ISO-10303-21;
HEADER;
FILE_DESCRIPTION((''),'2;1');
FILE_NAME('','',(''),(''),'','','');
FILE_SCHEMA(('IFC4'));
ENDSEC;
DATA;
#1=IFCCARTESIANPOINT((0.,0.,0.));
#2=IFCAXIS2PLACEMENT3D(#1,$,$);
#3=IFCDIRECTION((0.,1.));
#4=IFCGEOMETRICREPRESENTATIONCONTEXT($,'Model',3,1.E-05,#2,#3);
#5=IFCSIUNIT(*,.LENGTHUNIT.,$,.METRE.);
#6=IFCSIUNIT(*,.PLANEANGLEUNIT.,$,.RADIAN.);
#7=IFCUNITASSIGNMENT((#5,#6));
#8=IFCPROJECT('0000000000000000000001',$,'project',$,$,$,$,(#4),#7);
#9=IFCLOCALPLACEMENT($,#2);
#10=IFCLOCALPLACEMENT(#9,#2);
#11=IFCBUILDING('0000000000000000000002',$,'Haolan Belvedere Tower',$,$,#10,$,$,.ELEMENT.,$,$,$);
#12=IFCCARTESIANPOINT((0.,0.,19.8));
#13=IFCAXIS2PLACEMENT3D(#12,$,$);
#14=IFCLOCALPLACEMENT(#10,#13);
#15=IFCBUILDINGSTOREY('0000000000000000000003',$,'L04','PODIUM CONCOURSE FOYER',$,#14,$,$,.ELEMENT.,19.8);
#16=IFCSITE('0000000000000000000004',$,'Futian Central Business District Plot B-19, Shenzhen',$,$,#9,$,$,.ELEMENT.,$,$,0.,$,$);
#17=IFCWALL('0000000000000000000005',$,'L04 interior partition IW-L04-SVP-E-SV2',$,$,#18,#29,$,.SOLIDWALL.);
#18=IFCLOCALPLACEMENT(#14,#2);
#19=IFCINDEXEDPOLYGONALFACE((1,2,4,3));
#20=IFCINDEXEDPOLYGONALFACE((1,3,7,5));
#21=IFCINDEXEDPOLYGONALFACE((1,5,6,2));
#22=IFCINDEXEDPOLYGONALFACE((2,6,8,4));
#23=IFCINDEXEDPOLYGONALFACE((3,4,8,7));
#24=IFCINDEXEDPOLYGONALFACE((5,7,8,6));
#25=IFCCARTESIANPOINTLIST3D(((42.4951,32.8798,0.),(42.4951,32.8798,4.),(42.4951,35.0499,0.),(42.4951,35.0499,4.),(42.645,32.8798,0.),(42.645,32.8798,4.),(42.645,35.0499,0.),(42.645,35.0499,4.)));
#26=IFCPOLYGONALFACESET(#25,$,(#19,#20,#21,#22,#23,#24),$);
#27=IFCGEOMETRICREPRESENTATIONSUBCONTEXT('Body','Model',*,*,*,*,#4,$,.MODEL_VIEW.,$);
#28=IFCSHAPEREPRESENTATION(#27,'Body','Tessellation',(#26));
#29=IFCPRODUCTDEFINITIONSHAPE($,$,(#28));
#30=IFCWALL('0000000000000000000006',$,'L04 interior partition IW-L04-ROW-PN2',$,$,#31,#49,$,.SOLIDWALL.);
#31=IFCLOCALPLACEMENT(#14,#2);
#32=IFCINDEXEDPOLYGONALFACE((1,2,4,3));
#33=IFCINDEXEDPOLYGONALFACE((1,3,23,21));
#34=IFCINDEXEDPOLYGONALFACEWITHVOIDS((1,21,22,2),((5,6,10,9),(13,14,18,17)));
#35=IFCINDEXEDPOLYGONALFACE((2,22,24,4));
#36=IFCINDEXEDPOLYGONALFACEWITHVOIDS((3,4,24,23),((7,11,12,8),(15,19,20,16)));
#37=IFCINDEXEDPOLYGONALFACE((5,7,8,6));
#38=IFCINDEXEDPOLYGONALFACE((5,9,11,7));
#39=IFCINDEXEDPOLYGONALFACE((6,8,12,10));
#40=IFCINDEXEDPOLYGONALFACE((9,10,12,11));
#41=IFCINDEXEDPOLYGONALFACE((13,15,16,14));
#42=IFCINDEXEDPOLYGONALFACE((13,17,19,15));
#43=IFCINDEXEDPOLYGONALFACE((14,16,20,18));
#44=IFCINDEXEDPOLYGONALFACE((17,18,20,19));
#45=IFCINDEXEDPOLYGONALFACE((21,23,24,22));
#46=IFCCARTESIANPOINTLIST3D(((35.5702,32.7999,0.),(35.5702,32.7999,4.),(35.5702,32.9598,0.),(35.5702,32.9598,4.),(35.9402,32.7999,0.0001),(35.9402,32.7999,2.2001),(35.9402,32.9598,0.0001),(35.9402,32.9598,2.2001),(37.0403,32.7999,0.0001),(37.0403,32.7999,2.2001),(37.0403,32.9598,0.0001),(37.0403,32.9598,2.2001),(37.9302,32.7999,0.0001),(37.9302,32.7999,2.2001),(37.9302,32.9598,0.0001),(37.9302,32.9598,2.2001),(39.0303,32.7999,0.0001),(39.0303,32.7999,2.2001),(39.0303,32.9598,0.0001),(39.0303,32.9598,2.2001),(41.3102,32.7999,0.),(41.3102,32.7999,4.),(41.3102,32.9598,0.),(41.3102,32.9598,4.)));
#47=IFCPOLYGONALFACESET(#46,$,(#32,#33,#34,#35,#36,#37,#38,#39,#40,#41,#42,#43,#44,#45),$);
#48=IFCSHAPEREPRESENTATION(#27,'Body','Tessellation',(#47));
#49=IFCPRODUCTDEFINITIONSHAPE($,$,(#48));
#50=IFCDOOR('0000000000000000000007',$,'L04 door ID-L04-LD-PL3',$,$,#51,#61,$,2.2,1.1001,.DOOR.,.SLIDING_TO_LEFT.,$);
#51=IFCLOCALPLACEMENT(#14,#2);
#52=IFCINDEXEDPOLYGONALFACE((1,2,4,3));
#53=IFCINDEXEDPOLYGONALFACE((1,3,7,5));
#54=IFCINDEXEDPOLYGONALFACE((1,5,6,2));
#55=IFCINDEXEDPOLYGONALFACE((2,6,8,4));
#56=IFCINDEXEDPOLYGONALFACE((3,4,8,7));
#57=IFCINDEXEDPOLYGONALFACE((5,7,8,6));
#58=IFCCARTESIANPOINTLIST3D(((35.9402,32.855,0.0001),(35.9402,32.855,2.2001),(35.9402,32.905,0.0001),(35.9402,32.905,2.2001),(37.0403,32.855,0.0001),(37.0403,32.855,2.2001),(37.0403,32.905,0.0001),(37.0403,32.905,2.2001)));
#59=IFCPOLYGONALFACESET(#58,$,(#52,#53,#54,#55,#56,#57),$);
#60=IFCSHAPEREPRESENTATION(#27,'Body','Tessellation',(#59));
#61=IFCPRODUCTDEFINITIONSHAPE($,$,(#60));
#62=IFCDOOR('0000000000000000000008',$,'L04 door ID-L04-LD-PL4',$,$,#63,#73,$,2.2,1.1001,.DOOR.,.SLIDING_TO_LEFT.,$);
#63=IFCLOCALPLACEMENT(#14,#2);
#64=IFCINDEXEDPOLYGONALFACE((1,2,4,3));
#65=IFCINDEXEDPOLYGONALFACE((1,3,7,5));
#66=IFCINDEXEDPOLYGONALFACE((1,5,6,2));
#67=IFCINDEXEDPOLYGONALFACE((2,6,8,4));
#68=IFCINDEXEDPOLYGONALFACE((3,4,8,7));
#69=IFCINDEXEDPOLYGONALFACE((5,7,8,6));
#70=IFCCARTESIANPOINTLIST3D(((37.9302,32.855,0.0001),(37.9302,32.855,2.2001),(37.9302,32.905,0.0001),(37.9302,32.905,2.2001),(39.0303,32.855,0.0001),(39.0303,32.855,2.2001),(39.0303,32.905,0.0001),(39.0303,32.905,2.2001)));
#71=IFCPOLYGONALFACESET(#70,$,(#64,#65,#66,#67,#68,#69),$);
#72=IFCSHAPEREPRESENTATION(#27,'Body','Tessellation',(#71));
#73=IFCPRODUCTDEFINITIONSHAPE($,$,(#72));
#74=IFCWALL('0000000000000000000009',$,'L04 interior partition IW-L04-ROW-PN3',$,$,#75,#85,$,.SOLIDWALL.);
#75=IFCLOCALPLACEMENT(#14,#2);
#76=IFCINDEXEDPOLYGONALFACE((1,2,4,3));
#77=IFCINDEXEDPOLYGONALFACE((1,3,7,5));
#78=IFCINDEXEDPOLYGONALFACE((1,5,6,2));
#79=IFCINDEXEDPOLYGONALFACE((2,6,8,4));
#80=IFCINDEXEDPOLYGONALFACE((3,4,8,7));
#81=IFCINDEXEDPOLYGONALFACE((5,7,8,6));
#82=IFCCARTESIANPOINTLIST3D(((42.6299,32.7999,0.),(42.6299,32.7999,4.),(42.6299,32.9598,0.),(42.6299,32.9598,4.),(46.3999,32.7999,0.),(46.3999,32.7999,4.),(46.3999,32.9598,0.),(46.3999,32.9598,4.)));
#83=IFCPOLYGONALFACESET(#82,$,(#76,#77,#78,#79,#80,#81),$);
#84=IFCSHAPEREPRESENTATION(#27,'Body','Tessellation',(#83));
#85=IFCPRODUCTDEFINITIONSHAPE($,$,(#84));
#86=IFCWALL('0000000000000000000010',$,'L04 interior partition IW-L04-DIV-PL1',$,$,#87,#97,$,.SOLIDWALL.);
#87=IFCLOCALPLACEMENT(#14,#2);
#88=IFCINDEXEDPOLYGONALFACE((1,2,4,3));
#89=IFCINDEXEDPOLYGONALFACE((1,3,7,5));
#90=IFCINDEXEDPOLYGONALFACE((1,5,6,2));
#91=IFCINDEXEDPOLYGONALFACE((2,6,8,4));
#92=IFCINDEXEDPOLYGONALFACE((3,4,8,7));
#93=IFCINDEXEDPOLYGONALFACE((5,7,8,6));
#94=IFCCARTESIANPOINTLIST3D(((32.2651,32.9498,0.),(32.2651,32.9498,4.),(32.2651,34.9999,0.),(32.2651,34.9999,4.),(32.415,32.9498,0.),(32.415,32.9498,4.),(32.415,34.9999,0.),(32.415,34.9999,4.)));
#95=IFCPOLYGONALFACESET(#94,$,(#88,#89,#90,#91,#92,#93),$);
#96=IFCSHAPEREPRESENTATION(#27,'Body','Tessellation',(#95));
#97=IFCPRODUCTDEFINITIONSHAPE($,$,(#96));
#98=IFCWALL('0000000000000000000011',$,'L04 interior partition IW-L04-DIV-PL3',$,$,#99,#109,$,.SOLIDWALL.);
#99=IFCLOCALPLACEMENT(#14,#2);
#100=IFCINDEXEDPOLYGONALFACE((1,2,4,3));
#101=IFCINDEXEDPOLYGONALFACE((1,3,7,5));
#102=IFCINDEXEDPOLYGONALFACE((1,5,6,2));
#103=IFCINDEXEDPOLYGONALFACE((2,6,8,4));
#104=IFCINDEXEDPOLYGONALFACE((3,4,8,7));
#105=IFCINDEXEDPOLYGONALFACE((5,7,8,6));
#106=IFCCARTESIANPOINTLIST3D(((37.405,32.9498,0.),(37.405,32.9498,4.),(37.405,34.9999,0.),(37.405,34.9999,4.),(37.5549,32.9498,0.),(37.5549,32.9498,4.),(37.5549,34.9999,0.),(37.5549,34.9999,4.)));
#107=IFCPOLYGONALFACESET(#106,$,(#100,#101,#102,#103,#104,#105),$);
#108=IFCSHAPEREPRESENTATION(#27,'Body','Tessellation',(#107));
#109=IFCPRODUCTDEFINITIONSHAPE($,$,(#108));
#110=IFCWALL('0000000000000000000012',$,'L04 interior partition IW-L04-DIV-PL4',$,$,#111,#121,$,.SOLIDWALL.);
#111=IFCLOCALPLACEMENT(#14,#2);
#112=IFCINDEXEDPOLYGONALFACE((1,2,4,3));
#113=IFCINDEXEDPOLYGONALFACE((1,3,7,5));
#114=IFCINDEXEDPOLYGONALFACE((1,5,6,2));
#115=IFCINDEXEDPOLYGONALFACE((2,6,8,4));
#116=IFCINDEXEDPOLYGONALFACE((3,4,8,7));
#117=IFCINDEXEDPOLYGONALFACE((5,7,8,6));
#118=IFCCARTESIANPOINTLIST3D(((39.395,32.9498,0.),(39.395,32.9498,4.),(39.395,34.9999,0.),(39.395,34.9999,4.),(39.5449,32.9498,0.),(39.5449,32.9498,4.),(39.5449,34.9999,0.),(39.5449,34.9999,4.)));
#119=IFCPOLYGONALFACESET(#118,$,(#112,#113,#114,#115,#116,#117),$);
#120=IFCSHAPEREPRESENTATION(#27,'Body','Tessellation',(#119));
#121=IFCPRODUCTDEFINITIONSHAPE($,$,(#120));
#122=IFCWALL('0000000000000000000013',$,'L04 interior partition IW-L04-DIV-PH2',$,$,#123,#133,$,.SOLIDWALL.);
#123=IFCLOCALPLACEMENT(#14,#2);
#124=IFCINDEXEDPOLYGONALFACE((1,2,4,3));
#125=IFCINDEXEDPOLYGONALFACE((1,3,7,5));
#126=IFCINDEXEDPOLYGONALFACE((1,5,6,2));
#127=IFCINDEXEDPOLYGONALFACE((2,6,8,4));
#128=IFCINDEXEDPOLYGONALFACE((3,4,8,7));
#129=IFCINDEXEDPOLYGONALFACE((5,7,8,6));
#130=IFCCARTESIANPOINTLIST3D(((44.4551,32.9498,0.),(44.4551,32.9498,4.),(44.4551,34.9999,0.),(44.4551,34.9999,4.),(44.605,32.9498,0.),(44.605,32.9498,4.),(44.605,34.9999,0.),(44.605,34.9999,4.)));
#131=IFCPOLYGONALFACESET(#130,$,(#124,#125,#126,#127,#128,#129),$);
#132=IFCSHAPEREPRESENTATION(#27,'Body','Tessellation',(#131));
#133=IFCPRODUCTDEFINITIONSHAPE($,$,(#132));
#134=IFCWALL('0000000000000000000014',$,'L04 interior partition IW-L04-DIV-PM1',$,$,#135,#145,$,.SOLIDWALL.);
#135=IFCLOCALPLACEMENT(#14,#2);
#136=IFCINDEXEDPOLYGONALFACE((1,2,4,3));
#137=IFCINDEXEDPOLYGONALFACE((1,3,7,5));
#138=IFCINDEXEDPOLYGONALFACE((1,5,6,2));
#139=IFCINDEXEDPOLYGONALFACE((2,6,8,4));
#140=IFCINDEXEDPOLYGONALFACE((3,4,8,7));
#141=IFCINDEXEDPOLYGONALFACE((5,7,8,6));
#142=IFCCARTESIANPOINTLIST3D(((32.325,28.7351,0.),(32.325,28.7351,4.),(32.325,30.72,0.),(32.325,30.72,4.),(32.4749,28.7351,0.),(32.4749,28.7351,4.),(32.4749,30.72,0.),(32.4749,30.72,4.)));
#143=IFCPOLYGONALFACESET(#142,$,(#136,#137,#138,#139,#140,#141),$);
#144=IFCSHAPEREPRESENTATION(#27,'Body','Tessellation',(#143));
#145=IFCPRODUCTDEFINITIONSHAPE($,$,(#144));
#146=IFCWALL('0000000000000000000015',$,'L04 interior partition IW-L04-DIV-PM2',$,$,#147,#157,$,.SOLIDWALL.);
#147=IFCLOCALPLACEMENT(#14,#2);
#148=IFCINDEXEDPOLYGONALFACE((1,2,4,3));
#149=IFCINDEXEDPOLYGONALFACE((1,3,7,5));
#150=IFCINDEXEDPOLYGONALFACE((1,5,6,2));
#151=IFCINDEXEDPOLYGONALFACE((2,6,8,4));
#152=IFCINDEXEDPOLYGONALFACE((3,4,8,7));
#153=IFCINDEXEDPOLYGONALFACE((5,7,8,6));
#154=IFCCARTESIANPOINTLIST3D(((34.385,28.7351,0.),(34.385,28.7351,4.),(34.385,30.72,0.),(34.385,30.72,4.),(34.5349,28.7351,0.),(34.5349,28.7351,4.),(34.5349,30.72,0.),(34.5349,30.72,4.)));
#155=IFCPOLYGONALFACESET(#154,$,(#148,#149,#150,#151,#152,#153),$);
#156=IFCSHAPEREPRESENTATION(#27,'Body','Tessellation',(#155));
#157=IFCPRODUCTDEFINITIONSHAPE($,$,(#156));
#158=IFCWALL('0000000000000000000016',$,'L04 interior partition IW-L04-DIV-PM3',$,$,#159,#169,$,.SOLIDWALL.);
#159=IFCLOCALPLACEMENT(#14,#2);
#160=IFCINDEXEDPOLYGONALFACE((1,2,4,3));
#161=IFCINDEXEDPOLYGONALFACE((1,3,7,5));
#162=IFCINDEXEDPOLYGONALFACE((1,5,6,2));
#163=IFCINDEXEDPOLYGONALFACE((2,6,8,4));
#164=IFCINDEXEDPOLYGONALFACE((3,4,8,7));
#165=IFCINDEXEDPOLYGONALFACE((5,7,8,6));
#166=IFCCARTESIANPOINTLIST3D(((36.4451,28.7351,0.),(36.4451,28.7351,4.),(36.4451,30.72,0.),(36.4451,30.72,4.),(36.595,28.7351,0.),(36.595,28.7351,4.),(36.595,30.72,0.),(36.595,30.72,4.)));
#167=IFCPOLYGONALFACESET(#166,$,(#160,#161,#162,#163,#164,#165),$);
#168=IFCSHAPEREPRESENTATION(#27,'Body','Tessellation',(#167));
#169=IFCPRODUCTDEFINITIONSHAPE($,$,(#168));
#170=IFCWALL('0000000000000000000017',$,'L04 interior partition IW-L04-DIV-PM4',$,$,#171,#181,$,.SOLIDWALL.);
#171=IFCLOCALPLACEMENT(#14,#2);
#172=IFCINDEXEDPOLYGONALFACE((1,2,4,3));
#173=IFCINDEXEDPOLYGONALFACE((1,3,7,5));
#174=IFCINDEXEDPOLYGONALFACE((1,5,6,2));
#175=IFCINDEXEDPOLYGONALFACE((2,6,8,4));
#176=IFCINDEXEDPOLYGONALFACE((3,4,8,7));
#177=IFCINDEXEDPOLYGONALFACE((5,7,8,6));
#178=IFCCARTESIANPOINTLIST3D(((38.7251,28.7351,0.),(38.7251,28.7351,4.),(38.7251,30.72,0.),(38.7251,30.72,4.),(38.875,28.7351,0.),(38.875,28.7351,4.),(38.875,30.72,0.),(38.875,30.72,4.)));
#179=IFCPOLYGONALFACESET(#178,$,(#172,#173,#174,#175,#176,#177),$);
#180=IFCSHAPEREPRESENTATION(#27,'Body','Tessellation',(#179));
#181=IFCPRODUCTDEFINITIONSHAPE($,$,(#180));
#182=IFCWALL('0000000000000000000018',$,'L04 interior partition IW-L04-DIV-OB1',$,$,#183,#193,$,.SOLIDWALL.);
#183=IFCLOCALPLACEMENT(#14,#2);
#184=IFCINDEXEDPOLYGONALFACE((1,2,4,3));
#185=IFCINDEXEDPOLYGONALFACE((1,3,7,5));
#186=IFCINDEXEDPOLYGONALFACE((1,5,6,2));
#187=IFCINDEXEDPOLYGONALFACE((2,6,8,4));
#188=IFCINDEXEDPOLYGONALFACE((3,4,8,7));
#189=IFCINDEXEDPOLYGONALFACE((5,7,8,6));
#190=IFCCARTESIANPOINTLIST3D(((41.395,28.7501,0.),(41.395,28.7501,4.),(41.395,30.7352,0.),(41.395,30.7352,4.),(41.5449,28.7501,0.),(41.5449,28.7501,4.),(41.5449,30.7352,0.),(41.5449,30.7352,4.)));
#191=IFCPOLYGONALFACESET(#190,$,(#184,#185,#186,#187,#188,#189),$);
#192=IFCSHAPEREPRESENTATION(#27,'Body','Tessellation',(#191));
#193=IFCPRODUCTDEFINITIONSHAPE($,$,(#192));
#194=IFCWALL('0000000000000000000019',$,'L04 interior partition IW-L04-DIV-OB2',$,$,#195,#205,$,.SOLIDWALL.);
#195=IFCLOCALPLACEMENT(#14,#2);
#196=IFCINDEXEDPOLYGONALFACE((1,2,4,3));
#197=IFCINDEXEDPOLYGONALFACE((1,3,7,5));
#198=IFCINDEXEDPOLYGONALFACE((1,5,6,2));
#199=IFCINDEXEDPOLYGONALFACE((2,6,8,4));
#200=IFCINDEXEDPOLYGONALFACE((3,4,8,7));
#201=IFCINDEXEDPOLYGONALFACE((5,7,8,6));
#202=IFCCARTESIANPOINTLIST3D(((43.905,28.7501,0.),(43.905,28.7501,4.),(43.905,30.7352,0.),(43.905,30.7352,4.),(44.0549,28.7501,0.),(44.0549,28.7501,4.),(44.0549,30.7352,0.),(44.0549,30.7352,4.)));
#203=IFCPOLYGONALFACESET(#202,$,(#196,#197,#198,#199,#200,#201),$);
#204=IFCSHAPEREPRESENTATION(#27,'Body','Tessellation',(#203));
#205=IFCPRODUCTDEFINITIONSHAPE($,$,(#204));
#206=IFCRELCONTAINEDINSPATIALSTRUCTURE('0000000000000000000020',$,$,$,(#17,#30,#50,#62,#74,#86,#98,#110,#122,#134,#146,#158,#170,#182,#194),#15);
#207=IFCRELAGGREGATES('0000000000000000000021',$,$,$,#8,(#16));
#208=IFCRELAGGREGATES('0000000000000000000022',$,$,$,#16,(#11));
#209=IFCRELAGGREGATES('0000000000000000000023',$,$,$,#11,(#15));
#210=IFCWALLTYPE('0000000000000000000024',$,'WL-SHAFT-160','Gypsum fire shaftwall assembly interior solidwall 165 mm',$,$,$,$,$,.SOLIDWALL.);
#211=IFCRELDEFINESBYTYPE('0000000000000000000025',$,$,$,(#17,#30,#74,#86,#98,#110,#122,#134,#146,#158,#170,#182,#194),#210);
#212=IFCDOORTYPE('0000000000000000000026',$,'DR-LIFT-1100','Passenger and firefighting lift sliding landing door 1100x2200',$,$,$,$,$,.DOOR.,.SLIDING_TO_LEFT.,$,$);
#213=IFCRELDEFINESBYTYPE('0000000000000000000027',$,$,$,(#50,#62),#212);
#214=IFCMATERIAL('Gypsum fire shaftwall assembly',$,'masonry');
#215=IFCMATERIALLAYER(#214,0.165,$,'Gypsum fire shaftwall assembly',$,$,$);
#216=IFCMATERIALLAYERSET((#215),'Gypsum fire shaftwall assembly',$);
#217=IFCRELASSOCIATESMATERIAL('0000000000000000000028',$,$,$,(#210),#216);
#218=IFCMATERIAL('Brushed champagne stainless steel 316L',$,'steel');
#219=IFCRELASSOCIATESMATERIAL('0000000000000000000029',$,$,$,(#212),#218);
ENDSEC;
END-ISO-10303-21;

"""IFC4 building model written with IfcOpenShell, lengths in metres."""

from ifc_helpers import new_model, si_unit, direction, frame, frame_2d, origin, place, context, subcontext, project, spatial, rectangle, extrude, material, layer, layer_set, type_object, element, fill, save


model = new_model("IFC4")

# Units and contexts
model_context = context("Model", 3, precision=1e-05, world=origin(), true_north=direction((0.0, 1.0)))
body_context = subcontext(model_context, "Body", "Model", "MODEL_VIEW")
ifc_project = project(units=[si_unit("LENGTHUNIT", "METRE"), si_unit("PLANEANGLEUNIT", "RADIAN")], contexts=[model_context])

# Site, building, storey
site_placement = place(None, origin())
site = spatial("IfcSite", under=ifc_project, at=site_placement, Name="Futian Central Business District Plot B-19, Shenzhen", CompositionType="ELEMENT", RefElevation=0.0)
building_placement = place(site_placement, origin())
building = spatial("IfcBuilding", under=site, at=building_placement, Name="Haolan Belvedere Tower", CompositionType="ELEMENT")
storey_placement = place(building_placement, frame((0.0, 0.0, 19.8)))
storey = spatial("IfcBuildingStorey", under=building, at=storey_placement, Name="L04", Description="PODIUM CONCOURSE FOYER", CompositionType="ELEMENT", Elevation=19.8)

# Wall
ifc_material_1 = material(Name="Gypsum fire shaftwall assembly", Category="masonry")
ifc_layer_1 = layer(ifc_material_1, 0.165, Name="Gypsum fire shaftwall assembly")
ifc_layer_set_1 = layer_set([ifc_layer_1], Name="Gypsum fire shaftwall assembly")
wall_type_1 = type_object("IfcWallType", Name="WL-SHAFT-160", Description="Gypsum fire shaftwall assembly interior solidwall 165 mm", PredefinedType="SOLIDWALL", material=ifc_layer_set_1)
for number, where, z_axis, x_axis, name in (
    (1, (42.5701, 32.8799, 0.0), (0.0, 0.0, 1.0), (0.0, 1.0, 0.0), "L04 interior partition IW-L04-SVP-E-SV2"),
):
    element("IfcWall", number, at=place(storey_placement, frame(where, z_axis=z_axis, x_axis=x_axis)), inside=storey, type_object=wall_type_1, Name=name, PredefinedType="SOLIDWALL", context=body_context, shape_type="SweptSolid", body=[
        extrude(rectangle(XDim=2.1702, YDim=0.1499, at=frame_2d((1.085, 0.0))), origin(), (0.0, 0.0, 1.0), 4.0),
    ])

# Wall, openings, doors
wall_1_placement = place(storey_placement, frame((35.5701, 32.8799, 0.0), z_axis=(0.0, 0.0, 1.0), x_axis=(1.0, 0.0, 0.0)))
wall_1 = element("IfcWall", 2, at=wall_1_placement, inside=storey, type_object=wall_type_1, Name="L04 interior partition IW-L04-ROW-PN2", PredefinedType="SOLIDWALL", context=body_context, shape_type="SweptSolid", body=[
    extrude(rectangle(XDim=5.74, YDim=0.1599, at=frame_2d((2.8701, 0.0))), origin(), (0.0, 0.0, 1.0), 4.0),
])
opening_1_placement = place(wall_1_placement, frame((1.4702, 0.0, 0.0), z_axis=(0.0, 0.0, 1.0), x_axis=(-1.0, 0.0, 0.0)))
opening_1 = element("IfcOpeningElement", 3, at=opening_1_placement, cuts=wall_1, PredefinedType="OPENING", context=body_context, shape_type="SweptSolid", body=[
    extrude(rectangle(XDim=1.1001, YDim=2.2, at=frame_2d((0.55, 1.1001))), frame((0.0, 0.0898, 0.0), z_axis=(0.0, -1.0, 0.0), x_axis=(1.0, 0.0, 0.0)), (0.0, 0.0, 1.0), 0.1799),
])
opening_2_placement = place(wall_1_placement, frame((3.4602, 0.0, 0.0), z_axis=(0.0, 0.0, 1.0), x_axis=(-1.0, 0.0, 0.0)))
opening_2 = element("IfcOpeningElement", 4, at=opening_2_placement, cuts=wall_1, PredefinedType="OPENING", context=body_context, shape_type="SweptSolid", body=[
    extrude(rectangle(XDim=1.1001, YDim=2.2, at=frame_2d((0.55, 1.1001))), frame((0.0, 0.0898, 0.0), z_axis=(0.0, -1.0, 0.0), x_axis=(1.0, 0.0, 0.0)), (0.0, 0.0, 1.0), 0.1799),
])
ifc_material_2 = material(Name="Brushed champagne stainless steel 316L", Category="steel")
door_type = type_object("IfcDoorType", Name="DR-LIFT-1100", Description="Passenger and firefighting lift sliding landing door 1100x2200", OperationType="SLIDING_TO_LEFT", PredefinedType="DOOR", material=ifc_material_2)
door_1_placement = place(opening_1_placement, origin())
door_1 = element("IfcDoor", 5, at=door_1_placement, inside=storey, type_object=door_type, Name="L04 door ID-L04-LD-PL3", OperationType="SLIDING_TO_LEFT", OverallHeight=2.2, OverallWidth=1.1001, PredefinedType="DOOR", context=body_context, shape_type="SweptSolid", body=[
    extrude(rectangle(XDim=1.1001, YDim=2.2, at=frame_2d((0.55, 1.1001))), frame((0.0, 0.0249, 0.0), z_axis=(0.0, -1.0, 0.0), x_axis=(1.0, 0.0, 0.0)), (0.0, 0.0, 1.0), 0.05),
])
fill(opening_1, door_1)
door_2_placement = place(opening_2_placement, origin())
door_2 = element("IfcDoor", 6, at=door_2_placement, inside=storey, type_object=door_type, Name="L04 door ID-L04-LD-PL4", OperationType="SLIDING_TO_LEFT", OverallHeight=2.2, OverallWidth=1.1001, PredefinedType="DOOR", context=body_context, shape_type="SweptSolid", body=[
    extrude(rectangle(XDim=1.1001, YDim=2.2, at=frame_2d((0.55, 1.1001))), frame((0.0, 0.0249, 0.0), z_axis=(0.0, -1.0, 0.0), x_axis=(1.0, 0.0, 0.0)), (0.0, 0.0, 1.0), 0.05),
])
fill(opening_2, door_2)

# Walls
wall_2_placement = place(storey_placement, frame((42.6299, 32.8799, 0.0), z_axis=(0.0, 0.0, 1.0), x_axis=(1.0, 0.0, 0.0)))
element("IfcWall", 7, at=wall_2_placement, inside=storey, type_object=wall_type_1, Name="L04 interior partition IW-L04-ROW-PN3", PredefinedType="SOLIDWALL", context=body_context, shape_type="SweptSolid", body=[
    extrude(rectangle(XDim=3.77, YDim=0.1599, at=frame_2d((1.885, 0.0))), origin(), (0.0, 0.0, 1.0), 4.0),
])
for number, where, z_axis, x_axis, name in (
    (8, (32.3401, 32.95, 0.0), (0.0, 0.0, 1.0), (0.0, 1.0, 0.0), "L04 interior partition IW-L04-DIV-PL1"),
    (9, (37.48, 32.95, 0.0), (0.0, 0.0, 1.0), (0.0, 1.0, 0.0), "L04 interior partition IW-L04-DIV-PL3"),
    (10, (39.47, 32.95, 0.0), (0.0, 0.0, 1.0), (0.0, 1.0, 0.0), "L04 interior partition IW-L04-DIV-PL4"),
    (11, (44.53, 32.95, 0.0), (0.0, 0.0, 1.0), (0.0, 1.0, 0.0), "L04 interior partition IW-L04-DIV-PH2"),
):
    element("IfcWall", number, at=place(storey_placement, frame(where, z_axis=z_axis, x_axis=x_axis)), inside=storey, type_object=wall_type_1, Name=name, PredefinedType="SOLIDWALL", context=body_context, shape_type="SweptSolid", body=[
        extrude(rectangle(XDim=2.05, YDim=0.1499, at=frame_2d((1.0249, 0.0))), origin(), (0.0, 0.0, 1.0), 4.0),
    ])
for number, where, z_axis, x_axis, name in (
    (12, (32.3999, 28.7351, 0.0), (0.0, 0.0, 1.0), (0.0, 1.0, 0.0), "L04 interior partition IW-L04-DIV-PM1"),
    (13, (34.46, 28.7351, 0.0), (0.0, 0.0, 1.0), (0.0, 1.0, 0.0), "L04 interior partition IW-L04-DIV-PM2"),
    (14, (36.52, 28.7351, 0.0), (0.0, 0.0, 1.0), (0.0, 1.0, 0.0), "L04 interior partition IW-L04-DIV-PM3"),
    (15, (38.8, 28.7351, 0.0), (0.0, 0.0, 1.0), (0.0, 1.0, 0.0), "L04 interior partition IW-L04-DIV-PM4"),
):
    element("IfcWall", number, at=place(storey_placement, frame(where, z_axis=z_axis, x_axis=x_axis)), inside=storey, type_object=wall_type_1, Name=name, PredefinedType="SOLIDWALL", context=body_context, shape_type="SweptSolid", body=[
        extrude(rectangle(XDim=1.9849, YDim=0.1499, at=frame_2d((0.9924, 0.0))), origin(), (0.0, 0.0, 1.0), 4.0),
    ])
for number, where, z_axis, x_axis, name in (
    (16, (41.47, 28.75, 0.0), (0.0, 0.0, 1.0), (0.0, 1.0, 0.0), "L04 interior partition IW-L04-DIV-OB1"),
    (17, (43.98, 28.75, 0.0), (0.0, 0.0, 1.0), (0.0, 1.0, 0.0), "L04 interior partition IW-L04-DIV-OB2"),
):
    element("IfcWall", number, at=place(storey_placement, frame(where, z_axis=z_axis, x_axis=x_axis)), inside=storey, type_object=wall_type_1, Name=name, PredefinedType="SOLIDWALL", context=body_context, shape_type="SweptSolid", body=[
        extrude(rectangle(XDim=1.9851, YDim=0.1499, at=frame_2d((0.9927, 0.0))), origin(), (0.0, 0.0, 1.0), 4.0),
    ])

save(model, "model.ifc")
